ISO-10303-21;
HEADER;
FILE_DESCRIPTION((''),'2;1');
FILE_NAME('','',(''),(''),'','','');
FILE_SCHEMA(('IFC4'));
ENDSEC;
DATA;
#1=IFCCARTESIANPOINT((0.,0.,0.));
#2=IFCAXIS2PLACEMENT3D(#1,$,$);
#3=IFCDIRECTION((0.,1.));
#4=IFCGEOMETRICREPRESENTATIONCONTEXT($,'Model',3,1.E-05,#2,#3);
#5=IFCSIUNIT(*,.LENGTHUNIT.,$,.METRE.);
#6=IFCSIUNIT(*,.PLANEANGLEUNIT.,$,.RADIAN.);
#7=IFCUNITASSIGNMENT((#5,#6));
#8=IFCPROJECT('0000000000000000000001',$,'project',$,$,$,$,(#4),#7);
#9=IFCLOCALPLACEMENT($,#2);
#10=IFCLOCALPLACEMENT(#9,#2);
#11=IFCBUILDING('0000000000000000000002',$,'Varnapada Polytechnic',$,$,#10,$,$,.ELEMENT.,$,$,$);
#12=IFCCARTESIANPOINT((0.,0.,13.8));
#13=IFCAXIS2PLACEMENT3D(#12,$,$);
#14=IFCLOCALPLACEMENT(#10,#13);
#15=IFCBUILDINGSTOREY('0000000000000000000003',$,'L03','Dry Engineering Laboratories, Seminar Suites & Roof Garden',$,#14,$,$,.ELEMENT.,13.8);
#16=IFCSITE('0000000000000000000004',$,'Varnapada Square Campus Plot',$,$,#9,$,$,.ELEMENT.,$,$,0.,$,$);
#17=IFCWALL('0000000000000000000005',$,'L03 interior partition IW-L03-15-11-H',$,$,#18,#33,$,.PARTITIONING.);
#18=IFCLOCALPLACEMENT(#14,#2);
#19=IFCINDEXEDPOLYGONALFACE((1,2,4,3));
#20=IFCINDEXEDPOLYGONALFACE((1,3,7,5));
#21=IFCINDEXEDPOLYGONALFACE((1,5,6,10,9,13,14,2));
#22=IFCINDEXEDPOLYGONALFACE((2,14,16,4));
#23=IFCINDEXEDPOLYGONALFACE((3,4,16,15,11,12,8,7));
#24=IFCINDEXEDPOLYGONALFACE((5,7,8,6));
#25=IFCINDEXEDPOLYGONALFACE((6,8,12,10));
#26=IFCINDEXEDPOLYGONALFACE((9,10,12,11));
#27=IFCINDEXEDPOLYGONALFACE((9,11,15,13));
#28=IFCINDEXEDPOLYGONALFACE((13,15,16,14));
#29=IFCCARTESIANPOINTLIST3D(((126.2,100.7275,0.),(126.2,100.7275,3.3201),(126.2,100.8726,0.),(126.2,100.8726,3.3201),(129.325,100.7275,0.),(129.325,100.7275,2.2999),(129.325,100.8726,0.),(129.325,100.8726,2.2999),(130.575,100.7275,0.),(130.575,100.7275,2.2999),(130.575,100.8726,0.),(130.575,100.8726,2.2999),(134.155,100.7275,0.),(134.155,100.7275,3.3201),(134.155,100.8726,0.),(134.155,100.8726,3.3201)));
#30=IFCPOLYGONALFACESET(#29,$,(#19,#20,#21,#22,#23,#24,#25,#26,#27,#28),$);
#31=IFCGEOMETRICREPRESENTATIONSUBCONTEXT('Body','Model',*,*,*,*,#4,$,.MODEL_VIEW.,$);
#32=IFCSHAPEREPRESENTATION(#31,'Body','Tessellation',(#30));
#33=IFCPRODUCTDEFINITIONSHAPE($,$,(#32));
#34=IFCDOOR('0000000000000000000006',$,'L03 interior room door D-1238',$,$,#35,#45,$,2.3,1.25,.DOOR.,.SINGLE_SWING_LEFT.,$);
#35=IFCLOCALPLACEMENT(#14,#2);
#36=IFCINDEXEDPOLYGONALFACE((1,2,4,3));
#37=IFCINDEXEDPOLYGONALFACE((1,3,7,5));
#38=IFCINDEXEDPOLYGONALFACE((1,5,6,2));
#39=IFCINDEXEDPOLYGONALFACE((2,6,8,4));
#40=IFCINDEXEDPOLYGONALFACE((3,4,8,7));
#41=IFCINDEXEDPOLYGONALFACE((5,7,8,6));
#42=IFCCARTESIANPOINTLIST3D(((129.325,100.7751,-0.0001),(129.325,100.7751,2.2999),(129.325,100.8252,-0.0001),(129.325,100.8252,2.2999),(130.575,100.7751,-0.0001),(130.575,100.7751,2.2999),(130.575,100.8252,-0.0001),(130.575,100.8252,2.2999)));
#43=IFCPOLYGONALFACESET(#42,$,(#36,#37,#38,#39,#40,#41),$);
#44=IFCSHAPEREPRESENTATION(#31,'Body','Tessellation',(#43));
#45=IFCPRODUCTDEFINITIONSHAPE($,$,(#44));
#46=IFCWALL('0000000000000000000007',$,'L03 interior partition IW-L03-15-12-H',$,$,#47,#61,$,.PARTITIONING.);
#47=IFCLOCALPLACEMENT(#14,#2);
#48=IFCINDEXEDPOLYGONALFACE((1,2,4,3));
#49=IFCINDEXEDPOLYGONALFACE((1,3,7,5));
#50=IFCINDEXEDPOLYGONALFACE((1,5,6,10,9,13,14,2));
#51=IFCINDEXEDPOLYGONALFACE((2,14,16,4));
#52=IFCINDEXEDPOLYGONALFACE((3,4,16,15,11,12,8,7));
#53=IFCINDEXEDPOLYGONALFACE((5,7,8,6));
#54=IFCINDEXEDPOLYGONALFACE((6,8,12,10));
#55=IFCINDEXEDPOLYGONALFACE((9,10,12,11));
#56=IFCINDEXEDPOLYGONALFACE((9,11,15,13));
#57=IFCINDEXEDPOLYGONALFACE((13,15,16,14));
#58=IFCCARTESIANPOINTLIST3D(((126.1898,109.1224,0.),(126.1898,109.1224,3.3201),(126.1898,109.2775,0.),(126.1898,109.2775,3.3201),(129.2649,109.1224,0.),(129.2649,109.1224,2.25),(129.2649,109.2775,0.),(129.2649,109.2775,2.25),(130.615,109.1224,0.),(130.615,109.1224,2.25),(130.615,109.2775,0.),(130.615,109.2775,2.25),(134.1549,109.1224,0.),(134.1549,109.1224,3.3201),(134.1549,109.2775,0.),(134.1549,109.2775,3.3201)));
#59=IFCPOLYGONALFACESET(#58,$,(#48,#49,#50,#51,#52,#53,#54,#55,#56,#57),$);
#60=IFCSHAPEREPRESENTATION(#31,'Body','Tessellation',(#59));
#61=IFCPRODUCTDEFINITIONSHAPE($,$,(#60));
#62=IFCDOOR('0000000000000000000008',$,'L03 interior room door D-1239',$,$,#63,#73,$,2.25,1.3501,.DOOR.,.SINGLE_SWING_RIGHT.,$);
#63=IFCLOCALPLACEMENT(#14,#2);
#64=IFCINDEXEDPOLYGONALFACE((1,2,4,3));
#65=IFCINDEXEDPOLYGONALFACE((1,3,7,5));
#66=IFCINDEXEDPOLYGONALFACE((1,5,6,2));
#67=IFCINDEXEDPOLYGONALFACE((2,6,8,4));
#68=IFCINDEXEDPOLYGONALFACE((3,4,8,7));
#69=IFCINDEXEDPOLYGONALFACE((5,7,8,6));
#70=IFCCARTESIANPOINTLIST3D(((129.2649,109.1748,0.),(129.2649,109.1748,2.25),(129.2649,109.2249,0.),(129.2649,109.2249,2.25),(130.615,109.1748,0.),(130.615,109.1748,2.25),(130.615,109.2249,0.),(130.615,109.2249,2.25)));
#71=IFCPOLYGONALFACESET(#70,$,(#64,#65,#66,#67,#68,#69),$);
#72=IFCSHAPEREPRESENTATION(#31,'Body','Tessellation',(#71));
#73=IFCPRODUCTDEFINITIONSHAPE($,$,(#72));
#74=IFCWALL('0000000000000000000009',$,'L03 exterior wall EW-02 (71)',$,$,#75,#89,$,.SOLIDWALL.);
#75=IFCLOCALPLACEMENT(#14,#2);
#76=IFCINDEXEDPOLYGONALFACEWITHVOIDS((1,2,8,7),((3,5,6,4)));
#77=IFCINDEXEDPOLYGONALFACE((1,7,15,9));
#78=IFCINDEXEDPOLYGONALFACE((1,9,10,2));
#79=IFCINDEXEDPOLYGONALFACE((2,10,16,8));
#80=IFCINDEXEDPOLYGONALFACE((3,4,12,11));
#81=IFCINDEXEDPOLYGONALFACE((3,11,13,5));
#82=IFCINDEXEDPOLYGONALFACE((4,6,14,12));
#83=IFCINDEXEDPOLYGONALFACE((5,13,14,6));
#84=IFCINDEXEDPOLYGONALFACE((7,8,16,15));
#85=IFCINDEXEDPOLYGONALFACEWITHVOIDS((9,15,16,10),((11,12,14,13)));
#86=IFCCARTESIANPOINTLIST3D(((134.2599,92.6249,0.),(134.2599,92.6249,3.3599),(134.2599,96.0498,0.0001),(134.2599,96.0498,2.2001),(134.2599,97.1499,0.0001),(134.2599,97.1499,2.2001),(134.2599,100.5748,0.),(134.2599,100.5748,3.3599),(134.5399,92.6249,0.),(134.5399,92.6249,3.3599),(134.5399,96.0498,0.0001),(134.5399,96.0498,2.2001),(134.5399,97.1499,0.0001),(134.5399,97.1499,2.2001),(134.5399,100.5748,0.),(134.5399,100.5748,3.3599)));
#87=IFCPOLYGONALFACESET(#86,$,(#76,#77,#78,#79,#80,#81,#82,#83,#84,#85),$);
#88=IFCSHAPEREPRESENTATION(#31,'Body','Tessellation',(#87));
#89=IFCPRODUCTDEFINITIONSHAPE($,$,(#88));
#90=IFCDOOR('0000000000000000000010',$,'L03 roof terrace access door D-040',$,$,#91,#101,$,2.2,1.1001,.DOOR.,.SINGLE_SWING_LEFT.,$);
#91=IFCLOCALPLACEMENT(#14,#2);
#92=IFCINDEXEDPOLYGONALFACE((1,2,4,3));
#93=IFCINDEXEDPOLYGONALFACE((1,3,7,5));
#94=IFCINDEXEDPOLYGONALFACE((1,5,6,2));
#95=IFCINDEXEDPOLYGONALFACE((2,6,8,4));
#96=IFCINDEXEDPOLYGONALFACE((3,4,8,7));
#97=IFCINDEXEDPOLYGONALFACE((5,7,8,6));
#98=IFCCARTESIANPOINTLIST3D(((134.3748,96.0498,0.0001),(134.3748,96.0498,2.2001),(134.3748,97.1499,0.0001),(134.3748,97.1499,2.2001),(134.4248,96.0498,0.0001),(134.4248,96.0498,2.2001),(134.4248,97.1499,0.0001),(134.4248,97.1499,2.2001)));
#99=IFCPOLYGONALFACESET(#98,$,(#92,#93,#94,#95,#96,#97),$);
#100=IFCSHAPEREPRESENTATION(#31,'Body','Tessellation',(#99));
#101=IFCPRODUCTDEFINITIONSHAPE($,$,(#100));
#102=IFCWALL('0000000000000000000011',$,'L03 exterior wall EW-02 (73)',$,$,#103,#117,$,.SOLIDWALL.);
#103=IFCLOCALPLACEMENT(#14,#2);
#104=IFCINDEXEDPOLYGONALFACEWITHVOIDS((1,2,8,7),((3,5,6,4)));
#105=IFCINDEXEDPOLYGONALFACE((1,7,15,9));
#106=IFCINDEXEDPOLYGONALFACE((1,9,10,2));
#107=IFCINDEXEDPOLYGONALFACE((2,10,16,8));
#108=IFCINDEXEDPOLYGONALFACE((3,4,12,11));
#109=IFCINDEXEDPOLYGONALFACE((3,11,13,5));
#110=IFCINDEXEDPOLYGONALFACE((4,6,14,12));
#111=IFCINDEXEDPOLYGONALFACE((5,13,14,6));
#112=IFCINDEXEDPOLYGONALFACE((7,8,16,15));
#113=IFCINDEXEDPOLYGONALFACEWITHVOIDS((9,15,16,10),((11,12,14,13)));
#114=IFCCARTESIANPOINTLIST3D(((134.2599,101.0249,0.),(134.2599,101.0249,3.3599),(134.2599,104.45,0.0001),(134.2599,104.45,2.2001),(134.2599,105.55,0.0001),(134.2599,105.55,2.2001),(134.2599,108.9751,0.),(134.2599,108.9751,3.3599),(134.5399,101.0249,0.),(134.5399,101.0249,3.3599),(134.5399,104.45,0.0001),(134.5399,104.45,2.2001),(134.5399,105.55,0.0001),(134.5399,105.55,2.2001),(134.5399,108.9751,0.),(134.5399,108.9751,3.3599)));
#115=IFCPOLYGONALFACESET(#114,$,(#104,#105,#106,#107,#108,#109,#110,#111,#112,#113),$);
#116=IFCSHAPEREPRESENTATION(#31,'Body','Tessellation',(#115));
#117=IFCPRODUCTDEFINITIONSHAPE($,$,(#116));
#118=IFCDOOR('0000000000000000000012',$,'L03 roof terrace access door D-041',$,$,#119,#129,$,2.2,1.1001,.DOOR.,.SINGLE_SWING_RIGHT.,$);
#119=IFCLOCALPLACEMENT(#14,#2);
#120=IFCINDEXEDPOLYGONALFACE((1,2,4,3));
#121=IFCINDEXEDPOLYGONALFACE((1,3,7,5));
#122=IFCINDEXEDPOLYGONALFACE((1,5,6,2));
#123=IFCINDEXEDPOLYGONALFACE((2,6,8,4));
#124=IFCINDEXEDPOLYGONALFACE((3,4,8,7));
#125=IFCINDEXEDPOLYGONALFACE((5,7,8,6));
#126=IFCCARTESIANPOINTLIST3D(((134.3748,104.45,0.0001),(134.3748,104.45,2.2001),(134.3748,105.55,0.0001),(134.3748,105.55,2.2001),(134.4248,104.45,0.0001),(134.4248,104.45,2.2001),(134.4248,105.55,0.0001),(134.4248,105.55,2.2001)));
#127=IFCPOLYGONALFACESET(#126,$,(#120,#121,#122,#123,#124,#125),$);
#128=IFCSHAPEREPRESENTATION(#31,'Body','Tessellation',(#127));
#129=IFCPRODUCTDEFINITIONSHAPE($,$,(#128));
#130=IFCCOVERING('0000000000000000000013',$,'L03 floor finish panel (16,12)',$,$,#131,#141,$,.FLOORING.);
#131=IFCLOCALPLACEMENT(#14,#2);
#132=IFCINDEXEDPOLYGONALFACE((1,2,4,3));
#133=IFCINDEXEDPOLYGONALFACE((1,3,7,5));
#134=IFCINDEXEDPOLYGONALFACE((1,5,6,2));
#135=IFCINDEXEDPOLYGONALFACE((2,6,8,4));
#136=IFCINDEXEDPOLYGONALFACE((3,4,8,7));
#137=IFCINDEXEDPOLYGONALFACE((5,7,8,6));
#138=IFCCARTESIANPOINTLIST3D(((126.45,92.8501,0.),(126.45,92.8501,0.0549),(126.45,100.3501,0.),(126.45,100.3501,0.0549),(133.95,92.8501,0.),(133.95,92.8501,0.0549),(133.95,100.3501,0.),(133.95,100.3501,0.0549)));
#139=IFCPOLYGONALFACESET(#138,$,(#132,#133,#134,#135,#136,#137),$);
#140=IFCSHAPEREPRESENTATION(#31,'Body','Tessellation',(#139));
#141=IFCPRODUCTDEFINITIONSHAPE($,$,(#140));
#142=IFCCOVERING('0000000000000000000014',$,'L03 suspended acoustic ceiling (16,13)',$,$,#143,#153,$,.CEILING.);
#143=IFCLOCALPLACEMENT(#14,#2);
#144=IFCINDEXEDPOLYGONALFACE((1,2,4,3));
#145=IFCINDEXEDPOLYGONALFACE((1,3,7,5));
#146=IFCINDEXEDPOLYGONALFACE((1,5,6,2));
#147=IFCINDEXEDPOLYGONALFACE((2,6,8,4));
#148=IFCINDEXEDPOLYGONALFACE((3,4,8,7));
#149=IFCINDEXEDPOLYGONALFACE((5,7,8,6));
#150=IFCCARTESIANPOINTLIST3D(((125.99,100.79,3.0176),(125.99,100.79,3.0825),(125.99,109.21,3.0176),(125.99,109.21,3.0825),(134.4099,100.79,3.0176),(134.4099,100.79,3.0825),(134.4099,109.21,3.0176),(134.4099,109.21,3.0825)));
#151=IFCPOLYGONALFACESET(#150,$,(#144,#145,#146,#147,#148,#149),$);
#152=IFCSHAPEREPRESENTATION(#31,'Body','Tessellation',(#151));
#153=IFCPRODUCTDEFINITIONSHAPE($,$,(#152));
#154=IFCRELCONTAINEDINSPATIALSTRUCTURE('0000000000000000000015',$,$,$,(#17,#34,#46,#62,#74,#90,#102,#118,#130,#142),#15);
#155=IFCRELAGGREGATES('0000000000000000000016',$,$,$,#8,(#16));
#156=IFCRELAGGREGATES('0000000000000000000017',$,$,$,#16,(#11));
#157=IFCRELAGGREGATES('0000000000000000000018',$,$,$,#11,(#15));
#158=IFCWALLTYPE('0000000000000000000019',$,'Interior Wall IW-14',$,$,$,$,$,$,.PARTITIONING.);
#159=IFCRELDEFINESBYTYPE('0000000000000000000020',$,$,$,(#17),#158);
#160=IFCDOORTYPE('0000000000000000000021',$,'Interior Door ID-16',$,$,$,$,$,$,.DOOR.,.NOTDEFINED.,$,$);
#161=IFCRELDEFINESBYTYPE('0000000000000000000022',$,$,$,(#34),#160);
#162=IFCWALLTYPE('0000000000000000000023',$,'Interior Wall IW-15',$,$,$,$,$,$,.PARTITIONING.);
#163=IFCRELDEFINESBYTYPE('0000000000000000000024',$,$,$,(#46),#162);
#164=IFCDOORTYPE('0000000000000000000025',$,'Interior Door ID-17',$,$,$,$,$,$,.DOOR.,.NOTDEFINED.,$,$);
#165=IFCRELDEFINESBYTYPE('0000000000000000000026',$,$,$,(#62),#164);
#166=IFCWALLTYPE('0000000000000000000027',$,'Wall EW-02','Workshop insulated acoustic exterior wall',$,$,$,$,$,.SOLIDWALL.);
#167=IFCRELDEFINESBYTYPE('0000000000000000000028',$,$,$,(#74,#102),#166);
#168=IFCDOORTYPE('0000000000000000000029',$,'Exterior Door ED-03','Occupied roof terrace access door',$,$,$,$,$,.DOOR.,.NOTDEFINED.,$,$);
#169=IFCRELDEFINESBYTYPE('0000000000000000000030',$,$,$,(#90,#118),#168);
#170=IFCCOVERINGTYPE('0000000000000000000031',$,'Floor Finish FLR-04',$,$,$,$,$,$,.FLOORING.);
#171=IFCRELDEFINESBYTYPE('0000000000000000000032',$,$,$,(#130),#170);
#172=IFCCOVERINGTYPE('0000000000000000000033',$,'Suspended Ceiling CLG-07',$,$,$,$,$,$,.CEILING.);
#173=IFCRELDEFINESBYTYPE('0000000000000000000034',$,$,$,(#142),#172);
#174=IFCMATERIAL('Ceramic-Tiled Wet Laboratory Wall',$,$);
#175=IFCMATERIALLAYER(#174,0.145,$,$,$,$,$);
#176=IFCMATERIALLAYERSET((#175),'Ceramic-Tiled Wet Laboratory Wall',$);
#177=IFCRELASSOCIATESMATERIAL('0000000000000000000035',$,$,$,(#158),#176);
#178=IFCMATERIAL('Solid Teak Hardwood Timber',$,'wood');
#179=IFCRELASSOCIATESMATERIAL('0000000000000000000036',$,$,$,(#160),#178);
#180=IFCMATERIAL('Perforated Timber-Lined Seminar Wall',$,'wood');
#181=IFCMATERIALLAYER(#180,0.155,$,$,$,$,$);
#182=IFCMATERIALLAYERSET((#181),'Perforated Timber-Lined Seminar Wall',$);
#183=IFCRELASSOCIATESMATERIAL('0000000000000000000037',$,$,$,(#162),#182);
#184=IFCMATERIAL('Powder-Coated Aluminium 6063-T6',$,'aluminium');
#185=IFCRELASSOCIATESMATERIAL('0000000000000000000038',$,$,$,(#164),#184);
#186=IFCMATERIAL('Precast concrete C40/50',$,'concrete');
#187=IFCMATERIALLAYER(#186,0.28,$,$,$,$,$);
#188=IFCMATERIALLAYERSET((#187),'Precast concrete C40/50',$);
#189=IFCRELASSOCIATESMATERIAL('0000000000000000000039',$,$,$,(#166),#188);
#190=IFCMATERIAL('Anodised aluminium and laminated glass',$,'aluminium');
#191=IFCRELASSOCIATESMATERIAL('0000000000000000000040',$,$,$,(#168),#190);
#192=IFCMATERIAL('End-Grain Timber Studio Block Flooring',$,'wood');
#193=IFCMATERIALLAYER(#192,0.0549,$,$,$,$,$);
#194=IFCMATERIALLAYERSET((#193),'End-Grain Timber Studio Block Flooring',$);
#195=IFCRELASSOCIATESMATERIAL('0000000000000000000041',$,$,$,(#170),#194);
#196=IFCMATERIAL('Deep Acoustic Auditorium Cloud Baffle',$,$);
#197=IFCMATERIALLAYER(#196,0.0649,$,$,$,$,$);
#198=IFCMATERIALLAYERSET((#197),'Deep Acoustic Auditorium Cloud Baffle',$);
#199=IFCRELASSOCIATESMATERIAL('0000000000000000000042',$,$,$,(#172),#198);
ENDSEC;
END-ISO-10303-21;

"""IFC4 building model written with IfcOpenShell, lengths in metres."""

from ifc_helpers import new_model, si_unit, direction, frame, frame_2d, origin, origin_2d, place, context, subcontext, project, spatial, rectangle, extrude, material, layer, layer_set, type_object, element, fill, save


model = new_model("IFC4")

# Units and contexts
model_context = context("Model", 3, precision=1e-05, world=origin(), true_north=direction((0.0, 1.0)))
body_context = subcontext(model_context, "Body", "Model", "MODEL_VIEW")
ifc_project = project(units=[si_unit("LENGTHUNIT", "METRE"), si_unit("PLANEANGLEUNIT", "RADIAN")], contexts=[model_context])

# Site, building, storey
site_placement = place(None, origin())
site = spatial("IfcSite", under=ifc_project, at=site_placement, Name="Varnapada Square Campus Plot", CompositionType="ELEMENT", RefElevation=0.0)
building_placement = place(site_placement, origin())
building = spatial("IfcBuilding", under=site, at=building_placement, Name="Varnapada Polytechnic", CompositionType="ELEMENT")
storey_placement = place(building_placement, frame((0.0, 0.0, 13.8)))
storey = spatial("IfcBuildingStorey", under=building, at=storey_placement, Name="L03", Description="Dry Engineering Laboratories, Seminar Suites & Roof Garden", CompositionType="ELEMENT", Elevation=13.8)

# Walls, openings, doors
ifc_material_1 = material(Name="Ceramic-Tiled Wet Laboratory Wall")
ifc_layer_1 = layer(ifc_material_1, 0.145)
ifc_layer_set_1 = layer_set([ifc_layer_1], Name="Ceramic-Tiled Wet Laboratory Wall")
wall_type_1 = type_object("IfcWallType", Name="Interior Wall IW-14", PredefinedType="PARTITIONING", material=ifc_layer_set_1)
wall_1_placement = place(storey_placement, frame((126.2, 100.8, 0.0), z_axis=(0.0, 0.0, 1.0), x_axis=(1.0, 0.0, 0.0)))
wall_1 = element("IfcWall", 1, at=wall_1_placement, inside=storey, type_object=wall_type_1, Name="L03 interior partition IW-L03-15-11-H", PredefinedType="PARTITIONING", context=body_context, shape_type="SweptSolid", body=[
    extrude(rectangle(XDim=7.9551, YDim=0.145, at=frame_2d((3.9775, 0.0))), origin(), (0.0, 0.0, 1.0), 3.3201),
])
opening_1_placement = place(wall_1_placement, frame((3.125, 0.0, 0.0)))
opening_1 = element("IfcOpeningElement", 2, at=opening_1_placement, cuts=wall_1, PredefinedType="OPENING", context=body_context, shape_type="SweptSolid", body=[
    extrude(rectangle(XDim=1.25, YDim=2.3, at=frame_2d((0.625, 1.1499))), frame((0.0, 0.0825, 0.0), z_axis=(0.0, -1.0, 0.0), x_axis=(1.0, 0.0, 0.0)), (0.0, 0.0, 1.0), 0.165),
])
ifc_material_2 = material(Name="Solid Teak Hardwood Timber", Category="wood")
door_type_1 = type_object("IfcDoorType", Name="Interior Door ID-16", OperationType="NOTDEFINED", PredefinedType="DOOR", material=ifc_material_2)
door_1_placement = place(opening_1_placement, frame((1.25, 0.0, 0.0), z_axis=(0.0, 0.0, 1.0), x_axis=(-1.0, 0.0, 0.0)))
door_1 = element("IfcDoor", 3, at=door_1_placement, inside=storey, type_object=door_type_1, Name="L03 interior room door D-1238", OperationType="SINGLE_SWING_LEFT", OverallHeight=2.3, OverallWidth=1.25, PredefinedType="DOOR", context=body_context, shape_type="SweptSolid", body=[
    extrude(rectangle(XDim=1.25, YDim=2.3, at=frame_2d((0.625, 1.1499))), frame((0.0, 0.0249, 0.0), z_axis=(0.0, -1.0, 0.0), x_axis=(1.0, 0.0, 0.0)), (0.0, 0.0, 1.0), 0.05),
])
fill(opening_1, door_1)
ifc_material_3 = material(Name="Perforated Timber-Lined Seminar Wall", Category="wood")
ifc_layer_2 = layer(ifc_material_3, 0.155)
ifc_layer_set_2 = layer_set([ifc_layer_2], Name="Perforated Timber-Lined Seminar Wall")
wall_type_2 = type_object("IfcWallType", Name="Interior Wall IW-15", PredefinedType="PARTITIONING", material=ifc_layer_set_2)
wall_2_placement = place(storey_placement, frame((126.1899, 109.2, 0.0), z_axis=(0.0, 0.0, 1.0), x_axis=(1.0, 0.0, 0.0)))
wall_2 = element("IfcWall", 4, at=wall_2_placement, inside=storey, type_object=wall_type_2, Name="L03 interior partition IW-L03-15-12-H", PredefinedType="PARTITIONING", context=body_context, shape_type="SweptSolid", body=[
    extrude(rectangle(XDim=7.9651, YDim=0.155, at=frame_2d((3.9824, 0.0))), origin(), (0.0, 0.0, 1.0), 3.3201),
])
opening_2_placement = place(wall_2_placement, frame((3.075, 0.0, 0.0)))
opening_2 = element("IfcOpeningElement", 5, at=opening_2_placement, cuts=wall_2, PredefinedType="OPENING", context=body_context, shape_type="SweptSolid", body=[
    extrude(rectangle(XDim=1.3501, YDim=2.25, at=frame_2d((0.675, 1.125))), frame((0.0, 0.0874, 0.0), z_axis=(0.0, -1.0, 0.0), x_axis=(1.0, 0.0, 0.0)), (0.0, 0.0, 1.0), 0.175),
])
ifc_material_4 = material(Name="Powder-Coated Aluminium 6063-T6", Category="aluminium")
door_type_2 = type_object("IfcDoorType", Name="Interior Door ID-17", OperationType="NOTDEFINED", PredefinedType="DOOR", material=ifc_material_4)
door_2_placement = place(opening_2_placement, origin())
door_2 = element("IfcDoor", 6, at=door_2_placement, inside=storey, type_object=door_type_2, Name="L03 interior room door D-1239", OperationType="SINGLE_SWING_RIGHT", OverallHeight=2.25, OverallWidth=1.3501, PredefinedType="DOOR", context=body_context, shape_type="SweptSolid", body=[
    extrude(rectangle(XDim=1.3501, YDim=2.25, at=frame_2d((0.675, 1.125))), frame((0.0, 0.0249, 0.0), z_axis=(0.0, -1.0, 0.0), x_axis=(1.0, 0.0, 0.0)), (0.0, 0.0, 1.0), 0.05),
])
fill(opening_2, door_2)
ifc_material_5 = material(Name="Precast concrete C40/50", Category="concrete")
ifc_layer_3 = layer(ifc_material_5, 0.28)
ifc_layer_set_3 = layer_set([ifc_layer_3], Name="Precast concrete C40/50")
wall_type_3 = type_object("IfcWallType", Name="Wall EW-02", Description="Workshop insulated acoustic exterior wall", PredefinedType="SOLIDWALL", material=ifc_layer_set_3)
wall_3_placement = place(storey_placement, frame((134.3999, 100.575, 0.0), z_axis=(0.0, 0.0, 1.0), x_axis=(0.0, -1.0, 0.0)))
wall_3 = element("IfcWall", 7, at=wall_3_placement, inside=storey, type_object=wall_type_3, Name="L03 exterior wall EW-02 (71)", PredefinedType="SOLIDWALL", context=body_context, shape_type="SweptSolid", body=[
    extrude(rectangle(XDim=7.95, YDim=0.28, at=frame_2d((3.9751, 0.0))), origin(), (0.0, 0.0, 1.0), 3.3599),
])
opening_3_placement = place(wall_3_placement, frame((3.425, 0.0, 0.0)))
opening_3 = element("IfcOpeningElement", 8, at=opening_3_placement, cuts=wall_3, PredefinedType="OPENING", context=body_context, shape_type="SweptSolid", body=[
    extrude(rectangle(XDim=1.1001, YDim=2.2, at=frame_2d((0.55, 1.1001))), frame((0.0, 0.1499, 0.0), z_axis=(0.0, -1.0, 0.0), x_axis=(1.0, 0.0, 0.0)), (0.0, 0.0, 1.0), 0.3),
])
ifc_material_6 = material(Name="Anodised aluminium and laminated glass", Category="aluminium")
door_type_3 = type_object("IfcDoorType", Name="Exterior Door ED-03", Description="Occupied roof terrace access door", OperationType="NOTDEFINED", PredefinedType="DOOR", material=ifc_material_6)
door_3_placement = place(opening_3_placement, origin())
door_3 = element("IfcDoor", 9, at=door_3_placement, inside=storey, type_object=door_type_3, Name="L03 roof terrace access door D-040", OperationType="SINGLE_SWING_LEFT", OverallHeight=2.2, OverallWidth=1.1001, PredefinedType="DOOR", context=body_context, shape_type="SweptSolid", body=[
    extrude(rectangle(XDim=1.1001, YDim=2.2, at=frame_2d((0.55, 1.1001))), frame((0.0, 0.0249, 0.0), z_axis=(0.0, -1.0, 0.0), x_axis=(1.0, 0.0, 0.0)), (0.0, 0.0, 1.0), 0.05),
])
fill(opening_3, door_3)
wall_4_placement = place(storey_placement, frame((134.3999, 108.9751, 0.0), z_axis=(0.0, 0.0, 1.0), x_axis=(0.0, -1.0, 0.0)))
wall_4 = element("IfcWall", 10, at=wall_4_placement, inside=storey, type_object=wall_type_3, Name="L03 exterior wall EW-02 (73)", PredefinedType="SOLIDWALL", context=body_context, shape_type="SweptSolid", body=[
    extrude(rectangle(XDim=7.9502, YDim=0.28, at=frame_2d((3.9751, 0.0))), origin(), (0.0, 0.0, 1.0), 3.3599),
])
opening_4_placement = place(wall_4_placement, frame((3.425, 0.0, 0.0)))
opening_4 = element("IfcOpeningElement", 11, at=opening_4_placement, cuts=wall_4, PredefinedType="OPENING", context=body_context, shape_type="SweptSolid", body=[
    extrude(rectangle(XDim=1.1001, YDim=2.2, at=frame_2d((0.55, 1.1001))), frame((0.0, 0.1499, 0.0), z_axis=(0.0, -1.0, 0.0), x_axis=(1.0, 0.0, 0.0)), (0.0, 0.0, 1.0), 0.3),
])
door_4_placement = place(opening_4_placement, origin())
door_4 = element("IfcDoor", 12, at=door_4_placement, inside=storey, type_object=door_type_3, Name="L03 roof terrace access door D-041", OperationType="SINGLE_SWING_RIGHT", OverallHeight=2.2, OverallWidth=1.1001, PredefinedType="DOOR", context=body_context, shape_type="SweptSolid", body=[
    extrude(rectangle(XDim=1.1001, YDim=2.2, at=frame_2d((0.55, 1.1001))), frame((0.0, 0.0249, 0.0), z_axis=(0.0, -1.0, 0.0), x_axis=(1.0, 0.0, 0.0)), (0.0, 0.0, 1.0), 0.05),
])
fill(opening_4, door_4)

# Coverings
ifc_material_7 = material(Name="End-Grain Timber Studio Block Flooring", Category="wood")
ifc_layer_4 = layer(ifc_material_7, 0.0549)
ifc_layer_set_4 = layer_set([ifc_layer_4], Name="End-Grain Timber Studio Block Flooring")
covering_type_1 = type_object("IfcCoveringType", Name="Floor Finish FLR-04", PredefinedType="FLOORING", material=ifc_layer_set_4)
covering_1_placement = place(storey_placement, frame((130.2, 96.6001, 0.0), z_axis=(0.0, 0.0, 1.0), x_axis=(1.0, 0.0, 0.0)))
element("IfcCovering", 13, at=covering_1_placement, inside=storey, type_object=covering_type_1, Name="L03 floor finish panel (16,12)", PredefinedType="FLOORING", context=body_context, shape_type="SweptSolid", body=[
    extrude(rectangle(XDim=7.5, YDim=7.5, at=origin_2d()), origin(), (0.0, 0.0, 1.0), 0.0549),
])
ifc_material_8 = material(Name="Deep Acoustic Auditorium Cloud Baffle")
ifc_layer_5 = layer(ifc_material_8, 0.0649)
ifc_layer_set_5 = layer_set([ifc_layer_5], Name="Deep Acoustic Auditorium Cloud Baffle")
covering_type_2 = type_object("IfcCoveringType", Name="Suspended Ceiling CLG-07", PredefinedType="CEILING", material=ifc_layer_set_5)
covering_2_placement = place(storey_placement, frame((130.2, 105.0, 3.0176), z_axis=(0.0, 0.0, 1.0), x_axis=(1.0, 0.0, 0.0)))
element("IfcCovering", 14, at=covering_2_placement, inside=storey, type_object=covering_type_2, Name="L03 suspended acoustic ceiling (16,13)", PredefinedType="CEILING", context=body_context, shape_type="SweptSolid", body=[
    extrude(rectangle(XDim=8.4199, YDim=8.4199, at=origin_2d()), origin(), (0.0, 0.0, 1.0), 0.0649),
])

save(model, "model.ifc")
